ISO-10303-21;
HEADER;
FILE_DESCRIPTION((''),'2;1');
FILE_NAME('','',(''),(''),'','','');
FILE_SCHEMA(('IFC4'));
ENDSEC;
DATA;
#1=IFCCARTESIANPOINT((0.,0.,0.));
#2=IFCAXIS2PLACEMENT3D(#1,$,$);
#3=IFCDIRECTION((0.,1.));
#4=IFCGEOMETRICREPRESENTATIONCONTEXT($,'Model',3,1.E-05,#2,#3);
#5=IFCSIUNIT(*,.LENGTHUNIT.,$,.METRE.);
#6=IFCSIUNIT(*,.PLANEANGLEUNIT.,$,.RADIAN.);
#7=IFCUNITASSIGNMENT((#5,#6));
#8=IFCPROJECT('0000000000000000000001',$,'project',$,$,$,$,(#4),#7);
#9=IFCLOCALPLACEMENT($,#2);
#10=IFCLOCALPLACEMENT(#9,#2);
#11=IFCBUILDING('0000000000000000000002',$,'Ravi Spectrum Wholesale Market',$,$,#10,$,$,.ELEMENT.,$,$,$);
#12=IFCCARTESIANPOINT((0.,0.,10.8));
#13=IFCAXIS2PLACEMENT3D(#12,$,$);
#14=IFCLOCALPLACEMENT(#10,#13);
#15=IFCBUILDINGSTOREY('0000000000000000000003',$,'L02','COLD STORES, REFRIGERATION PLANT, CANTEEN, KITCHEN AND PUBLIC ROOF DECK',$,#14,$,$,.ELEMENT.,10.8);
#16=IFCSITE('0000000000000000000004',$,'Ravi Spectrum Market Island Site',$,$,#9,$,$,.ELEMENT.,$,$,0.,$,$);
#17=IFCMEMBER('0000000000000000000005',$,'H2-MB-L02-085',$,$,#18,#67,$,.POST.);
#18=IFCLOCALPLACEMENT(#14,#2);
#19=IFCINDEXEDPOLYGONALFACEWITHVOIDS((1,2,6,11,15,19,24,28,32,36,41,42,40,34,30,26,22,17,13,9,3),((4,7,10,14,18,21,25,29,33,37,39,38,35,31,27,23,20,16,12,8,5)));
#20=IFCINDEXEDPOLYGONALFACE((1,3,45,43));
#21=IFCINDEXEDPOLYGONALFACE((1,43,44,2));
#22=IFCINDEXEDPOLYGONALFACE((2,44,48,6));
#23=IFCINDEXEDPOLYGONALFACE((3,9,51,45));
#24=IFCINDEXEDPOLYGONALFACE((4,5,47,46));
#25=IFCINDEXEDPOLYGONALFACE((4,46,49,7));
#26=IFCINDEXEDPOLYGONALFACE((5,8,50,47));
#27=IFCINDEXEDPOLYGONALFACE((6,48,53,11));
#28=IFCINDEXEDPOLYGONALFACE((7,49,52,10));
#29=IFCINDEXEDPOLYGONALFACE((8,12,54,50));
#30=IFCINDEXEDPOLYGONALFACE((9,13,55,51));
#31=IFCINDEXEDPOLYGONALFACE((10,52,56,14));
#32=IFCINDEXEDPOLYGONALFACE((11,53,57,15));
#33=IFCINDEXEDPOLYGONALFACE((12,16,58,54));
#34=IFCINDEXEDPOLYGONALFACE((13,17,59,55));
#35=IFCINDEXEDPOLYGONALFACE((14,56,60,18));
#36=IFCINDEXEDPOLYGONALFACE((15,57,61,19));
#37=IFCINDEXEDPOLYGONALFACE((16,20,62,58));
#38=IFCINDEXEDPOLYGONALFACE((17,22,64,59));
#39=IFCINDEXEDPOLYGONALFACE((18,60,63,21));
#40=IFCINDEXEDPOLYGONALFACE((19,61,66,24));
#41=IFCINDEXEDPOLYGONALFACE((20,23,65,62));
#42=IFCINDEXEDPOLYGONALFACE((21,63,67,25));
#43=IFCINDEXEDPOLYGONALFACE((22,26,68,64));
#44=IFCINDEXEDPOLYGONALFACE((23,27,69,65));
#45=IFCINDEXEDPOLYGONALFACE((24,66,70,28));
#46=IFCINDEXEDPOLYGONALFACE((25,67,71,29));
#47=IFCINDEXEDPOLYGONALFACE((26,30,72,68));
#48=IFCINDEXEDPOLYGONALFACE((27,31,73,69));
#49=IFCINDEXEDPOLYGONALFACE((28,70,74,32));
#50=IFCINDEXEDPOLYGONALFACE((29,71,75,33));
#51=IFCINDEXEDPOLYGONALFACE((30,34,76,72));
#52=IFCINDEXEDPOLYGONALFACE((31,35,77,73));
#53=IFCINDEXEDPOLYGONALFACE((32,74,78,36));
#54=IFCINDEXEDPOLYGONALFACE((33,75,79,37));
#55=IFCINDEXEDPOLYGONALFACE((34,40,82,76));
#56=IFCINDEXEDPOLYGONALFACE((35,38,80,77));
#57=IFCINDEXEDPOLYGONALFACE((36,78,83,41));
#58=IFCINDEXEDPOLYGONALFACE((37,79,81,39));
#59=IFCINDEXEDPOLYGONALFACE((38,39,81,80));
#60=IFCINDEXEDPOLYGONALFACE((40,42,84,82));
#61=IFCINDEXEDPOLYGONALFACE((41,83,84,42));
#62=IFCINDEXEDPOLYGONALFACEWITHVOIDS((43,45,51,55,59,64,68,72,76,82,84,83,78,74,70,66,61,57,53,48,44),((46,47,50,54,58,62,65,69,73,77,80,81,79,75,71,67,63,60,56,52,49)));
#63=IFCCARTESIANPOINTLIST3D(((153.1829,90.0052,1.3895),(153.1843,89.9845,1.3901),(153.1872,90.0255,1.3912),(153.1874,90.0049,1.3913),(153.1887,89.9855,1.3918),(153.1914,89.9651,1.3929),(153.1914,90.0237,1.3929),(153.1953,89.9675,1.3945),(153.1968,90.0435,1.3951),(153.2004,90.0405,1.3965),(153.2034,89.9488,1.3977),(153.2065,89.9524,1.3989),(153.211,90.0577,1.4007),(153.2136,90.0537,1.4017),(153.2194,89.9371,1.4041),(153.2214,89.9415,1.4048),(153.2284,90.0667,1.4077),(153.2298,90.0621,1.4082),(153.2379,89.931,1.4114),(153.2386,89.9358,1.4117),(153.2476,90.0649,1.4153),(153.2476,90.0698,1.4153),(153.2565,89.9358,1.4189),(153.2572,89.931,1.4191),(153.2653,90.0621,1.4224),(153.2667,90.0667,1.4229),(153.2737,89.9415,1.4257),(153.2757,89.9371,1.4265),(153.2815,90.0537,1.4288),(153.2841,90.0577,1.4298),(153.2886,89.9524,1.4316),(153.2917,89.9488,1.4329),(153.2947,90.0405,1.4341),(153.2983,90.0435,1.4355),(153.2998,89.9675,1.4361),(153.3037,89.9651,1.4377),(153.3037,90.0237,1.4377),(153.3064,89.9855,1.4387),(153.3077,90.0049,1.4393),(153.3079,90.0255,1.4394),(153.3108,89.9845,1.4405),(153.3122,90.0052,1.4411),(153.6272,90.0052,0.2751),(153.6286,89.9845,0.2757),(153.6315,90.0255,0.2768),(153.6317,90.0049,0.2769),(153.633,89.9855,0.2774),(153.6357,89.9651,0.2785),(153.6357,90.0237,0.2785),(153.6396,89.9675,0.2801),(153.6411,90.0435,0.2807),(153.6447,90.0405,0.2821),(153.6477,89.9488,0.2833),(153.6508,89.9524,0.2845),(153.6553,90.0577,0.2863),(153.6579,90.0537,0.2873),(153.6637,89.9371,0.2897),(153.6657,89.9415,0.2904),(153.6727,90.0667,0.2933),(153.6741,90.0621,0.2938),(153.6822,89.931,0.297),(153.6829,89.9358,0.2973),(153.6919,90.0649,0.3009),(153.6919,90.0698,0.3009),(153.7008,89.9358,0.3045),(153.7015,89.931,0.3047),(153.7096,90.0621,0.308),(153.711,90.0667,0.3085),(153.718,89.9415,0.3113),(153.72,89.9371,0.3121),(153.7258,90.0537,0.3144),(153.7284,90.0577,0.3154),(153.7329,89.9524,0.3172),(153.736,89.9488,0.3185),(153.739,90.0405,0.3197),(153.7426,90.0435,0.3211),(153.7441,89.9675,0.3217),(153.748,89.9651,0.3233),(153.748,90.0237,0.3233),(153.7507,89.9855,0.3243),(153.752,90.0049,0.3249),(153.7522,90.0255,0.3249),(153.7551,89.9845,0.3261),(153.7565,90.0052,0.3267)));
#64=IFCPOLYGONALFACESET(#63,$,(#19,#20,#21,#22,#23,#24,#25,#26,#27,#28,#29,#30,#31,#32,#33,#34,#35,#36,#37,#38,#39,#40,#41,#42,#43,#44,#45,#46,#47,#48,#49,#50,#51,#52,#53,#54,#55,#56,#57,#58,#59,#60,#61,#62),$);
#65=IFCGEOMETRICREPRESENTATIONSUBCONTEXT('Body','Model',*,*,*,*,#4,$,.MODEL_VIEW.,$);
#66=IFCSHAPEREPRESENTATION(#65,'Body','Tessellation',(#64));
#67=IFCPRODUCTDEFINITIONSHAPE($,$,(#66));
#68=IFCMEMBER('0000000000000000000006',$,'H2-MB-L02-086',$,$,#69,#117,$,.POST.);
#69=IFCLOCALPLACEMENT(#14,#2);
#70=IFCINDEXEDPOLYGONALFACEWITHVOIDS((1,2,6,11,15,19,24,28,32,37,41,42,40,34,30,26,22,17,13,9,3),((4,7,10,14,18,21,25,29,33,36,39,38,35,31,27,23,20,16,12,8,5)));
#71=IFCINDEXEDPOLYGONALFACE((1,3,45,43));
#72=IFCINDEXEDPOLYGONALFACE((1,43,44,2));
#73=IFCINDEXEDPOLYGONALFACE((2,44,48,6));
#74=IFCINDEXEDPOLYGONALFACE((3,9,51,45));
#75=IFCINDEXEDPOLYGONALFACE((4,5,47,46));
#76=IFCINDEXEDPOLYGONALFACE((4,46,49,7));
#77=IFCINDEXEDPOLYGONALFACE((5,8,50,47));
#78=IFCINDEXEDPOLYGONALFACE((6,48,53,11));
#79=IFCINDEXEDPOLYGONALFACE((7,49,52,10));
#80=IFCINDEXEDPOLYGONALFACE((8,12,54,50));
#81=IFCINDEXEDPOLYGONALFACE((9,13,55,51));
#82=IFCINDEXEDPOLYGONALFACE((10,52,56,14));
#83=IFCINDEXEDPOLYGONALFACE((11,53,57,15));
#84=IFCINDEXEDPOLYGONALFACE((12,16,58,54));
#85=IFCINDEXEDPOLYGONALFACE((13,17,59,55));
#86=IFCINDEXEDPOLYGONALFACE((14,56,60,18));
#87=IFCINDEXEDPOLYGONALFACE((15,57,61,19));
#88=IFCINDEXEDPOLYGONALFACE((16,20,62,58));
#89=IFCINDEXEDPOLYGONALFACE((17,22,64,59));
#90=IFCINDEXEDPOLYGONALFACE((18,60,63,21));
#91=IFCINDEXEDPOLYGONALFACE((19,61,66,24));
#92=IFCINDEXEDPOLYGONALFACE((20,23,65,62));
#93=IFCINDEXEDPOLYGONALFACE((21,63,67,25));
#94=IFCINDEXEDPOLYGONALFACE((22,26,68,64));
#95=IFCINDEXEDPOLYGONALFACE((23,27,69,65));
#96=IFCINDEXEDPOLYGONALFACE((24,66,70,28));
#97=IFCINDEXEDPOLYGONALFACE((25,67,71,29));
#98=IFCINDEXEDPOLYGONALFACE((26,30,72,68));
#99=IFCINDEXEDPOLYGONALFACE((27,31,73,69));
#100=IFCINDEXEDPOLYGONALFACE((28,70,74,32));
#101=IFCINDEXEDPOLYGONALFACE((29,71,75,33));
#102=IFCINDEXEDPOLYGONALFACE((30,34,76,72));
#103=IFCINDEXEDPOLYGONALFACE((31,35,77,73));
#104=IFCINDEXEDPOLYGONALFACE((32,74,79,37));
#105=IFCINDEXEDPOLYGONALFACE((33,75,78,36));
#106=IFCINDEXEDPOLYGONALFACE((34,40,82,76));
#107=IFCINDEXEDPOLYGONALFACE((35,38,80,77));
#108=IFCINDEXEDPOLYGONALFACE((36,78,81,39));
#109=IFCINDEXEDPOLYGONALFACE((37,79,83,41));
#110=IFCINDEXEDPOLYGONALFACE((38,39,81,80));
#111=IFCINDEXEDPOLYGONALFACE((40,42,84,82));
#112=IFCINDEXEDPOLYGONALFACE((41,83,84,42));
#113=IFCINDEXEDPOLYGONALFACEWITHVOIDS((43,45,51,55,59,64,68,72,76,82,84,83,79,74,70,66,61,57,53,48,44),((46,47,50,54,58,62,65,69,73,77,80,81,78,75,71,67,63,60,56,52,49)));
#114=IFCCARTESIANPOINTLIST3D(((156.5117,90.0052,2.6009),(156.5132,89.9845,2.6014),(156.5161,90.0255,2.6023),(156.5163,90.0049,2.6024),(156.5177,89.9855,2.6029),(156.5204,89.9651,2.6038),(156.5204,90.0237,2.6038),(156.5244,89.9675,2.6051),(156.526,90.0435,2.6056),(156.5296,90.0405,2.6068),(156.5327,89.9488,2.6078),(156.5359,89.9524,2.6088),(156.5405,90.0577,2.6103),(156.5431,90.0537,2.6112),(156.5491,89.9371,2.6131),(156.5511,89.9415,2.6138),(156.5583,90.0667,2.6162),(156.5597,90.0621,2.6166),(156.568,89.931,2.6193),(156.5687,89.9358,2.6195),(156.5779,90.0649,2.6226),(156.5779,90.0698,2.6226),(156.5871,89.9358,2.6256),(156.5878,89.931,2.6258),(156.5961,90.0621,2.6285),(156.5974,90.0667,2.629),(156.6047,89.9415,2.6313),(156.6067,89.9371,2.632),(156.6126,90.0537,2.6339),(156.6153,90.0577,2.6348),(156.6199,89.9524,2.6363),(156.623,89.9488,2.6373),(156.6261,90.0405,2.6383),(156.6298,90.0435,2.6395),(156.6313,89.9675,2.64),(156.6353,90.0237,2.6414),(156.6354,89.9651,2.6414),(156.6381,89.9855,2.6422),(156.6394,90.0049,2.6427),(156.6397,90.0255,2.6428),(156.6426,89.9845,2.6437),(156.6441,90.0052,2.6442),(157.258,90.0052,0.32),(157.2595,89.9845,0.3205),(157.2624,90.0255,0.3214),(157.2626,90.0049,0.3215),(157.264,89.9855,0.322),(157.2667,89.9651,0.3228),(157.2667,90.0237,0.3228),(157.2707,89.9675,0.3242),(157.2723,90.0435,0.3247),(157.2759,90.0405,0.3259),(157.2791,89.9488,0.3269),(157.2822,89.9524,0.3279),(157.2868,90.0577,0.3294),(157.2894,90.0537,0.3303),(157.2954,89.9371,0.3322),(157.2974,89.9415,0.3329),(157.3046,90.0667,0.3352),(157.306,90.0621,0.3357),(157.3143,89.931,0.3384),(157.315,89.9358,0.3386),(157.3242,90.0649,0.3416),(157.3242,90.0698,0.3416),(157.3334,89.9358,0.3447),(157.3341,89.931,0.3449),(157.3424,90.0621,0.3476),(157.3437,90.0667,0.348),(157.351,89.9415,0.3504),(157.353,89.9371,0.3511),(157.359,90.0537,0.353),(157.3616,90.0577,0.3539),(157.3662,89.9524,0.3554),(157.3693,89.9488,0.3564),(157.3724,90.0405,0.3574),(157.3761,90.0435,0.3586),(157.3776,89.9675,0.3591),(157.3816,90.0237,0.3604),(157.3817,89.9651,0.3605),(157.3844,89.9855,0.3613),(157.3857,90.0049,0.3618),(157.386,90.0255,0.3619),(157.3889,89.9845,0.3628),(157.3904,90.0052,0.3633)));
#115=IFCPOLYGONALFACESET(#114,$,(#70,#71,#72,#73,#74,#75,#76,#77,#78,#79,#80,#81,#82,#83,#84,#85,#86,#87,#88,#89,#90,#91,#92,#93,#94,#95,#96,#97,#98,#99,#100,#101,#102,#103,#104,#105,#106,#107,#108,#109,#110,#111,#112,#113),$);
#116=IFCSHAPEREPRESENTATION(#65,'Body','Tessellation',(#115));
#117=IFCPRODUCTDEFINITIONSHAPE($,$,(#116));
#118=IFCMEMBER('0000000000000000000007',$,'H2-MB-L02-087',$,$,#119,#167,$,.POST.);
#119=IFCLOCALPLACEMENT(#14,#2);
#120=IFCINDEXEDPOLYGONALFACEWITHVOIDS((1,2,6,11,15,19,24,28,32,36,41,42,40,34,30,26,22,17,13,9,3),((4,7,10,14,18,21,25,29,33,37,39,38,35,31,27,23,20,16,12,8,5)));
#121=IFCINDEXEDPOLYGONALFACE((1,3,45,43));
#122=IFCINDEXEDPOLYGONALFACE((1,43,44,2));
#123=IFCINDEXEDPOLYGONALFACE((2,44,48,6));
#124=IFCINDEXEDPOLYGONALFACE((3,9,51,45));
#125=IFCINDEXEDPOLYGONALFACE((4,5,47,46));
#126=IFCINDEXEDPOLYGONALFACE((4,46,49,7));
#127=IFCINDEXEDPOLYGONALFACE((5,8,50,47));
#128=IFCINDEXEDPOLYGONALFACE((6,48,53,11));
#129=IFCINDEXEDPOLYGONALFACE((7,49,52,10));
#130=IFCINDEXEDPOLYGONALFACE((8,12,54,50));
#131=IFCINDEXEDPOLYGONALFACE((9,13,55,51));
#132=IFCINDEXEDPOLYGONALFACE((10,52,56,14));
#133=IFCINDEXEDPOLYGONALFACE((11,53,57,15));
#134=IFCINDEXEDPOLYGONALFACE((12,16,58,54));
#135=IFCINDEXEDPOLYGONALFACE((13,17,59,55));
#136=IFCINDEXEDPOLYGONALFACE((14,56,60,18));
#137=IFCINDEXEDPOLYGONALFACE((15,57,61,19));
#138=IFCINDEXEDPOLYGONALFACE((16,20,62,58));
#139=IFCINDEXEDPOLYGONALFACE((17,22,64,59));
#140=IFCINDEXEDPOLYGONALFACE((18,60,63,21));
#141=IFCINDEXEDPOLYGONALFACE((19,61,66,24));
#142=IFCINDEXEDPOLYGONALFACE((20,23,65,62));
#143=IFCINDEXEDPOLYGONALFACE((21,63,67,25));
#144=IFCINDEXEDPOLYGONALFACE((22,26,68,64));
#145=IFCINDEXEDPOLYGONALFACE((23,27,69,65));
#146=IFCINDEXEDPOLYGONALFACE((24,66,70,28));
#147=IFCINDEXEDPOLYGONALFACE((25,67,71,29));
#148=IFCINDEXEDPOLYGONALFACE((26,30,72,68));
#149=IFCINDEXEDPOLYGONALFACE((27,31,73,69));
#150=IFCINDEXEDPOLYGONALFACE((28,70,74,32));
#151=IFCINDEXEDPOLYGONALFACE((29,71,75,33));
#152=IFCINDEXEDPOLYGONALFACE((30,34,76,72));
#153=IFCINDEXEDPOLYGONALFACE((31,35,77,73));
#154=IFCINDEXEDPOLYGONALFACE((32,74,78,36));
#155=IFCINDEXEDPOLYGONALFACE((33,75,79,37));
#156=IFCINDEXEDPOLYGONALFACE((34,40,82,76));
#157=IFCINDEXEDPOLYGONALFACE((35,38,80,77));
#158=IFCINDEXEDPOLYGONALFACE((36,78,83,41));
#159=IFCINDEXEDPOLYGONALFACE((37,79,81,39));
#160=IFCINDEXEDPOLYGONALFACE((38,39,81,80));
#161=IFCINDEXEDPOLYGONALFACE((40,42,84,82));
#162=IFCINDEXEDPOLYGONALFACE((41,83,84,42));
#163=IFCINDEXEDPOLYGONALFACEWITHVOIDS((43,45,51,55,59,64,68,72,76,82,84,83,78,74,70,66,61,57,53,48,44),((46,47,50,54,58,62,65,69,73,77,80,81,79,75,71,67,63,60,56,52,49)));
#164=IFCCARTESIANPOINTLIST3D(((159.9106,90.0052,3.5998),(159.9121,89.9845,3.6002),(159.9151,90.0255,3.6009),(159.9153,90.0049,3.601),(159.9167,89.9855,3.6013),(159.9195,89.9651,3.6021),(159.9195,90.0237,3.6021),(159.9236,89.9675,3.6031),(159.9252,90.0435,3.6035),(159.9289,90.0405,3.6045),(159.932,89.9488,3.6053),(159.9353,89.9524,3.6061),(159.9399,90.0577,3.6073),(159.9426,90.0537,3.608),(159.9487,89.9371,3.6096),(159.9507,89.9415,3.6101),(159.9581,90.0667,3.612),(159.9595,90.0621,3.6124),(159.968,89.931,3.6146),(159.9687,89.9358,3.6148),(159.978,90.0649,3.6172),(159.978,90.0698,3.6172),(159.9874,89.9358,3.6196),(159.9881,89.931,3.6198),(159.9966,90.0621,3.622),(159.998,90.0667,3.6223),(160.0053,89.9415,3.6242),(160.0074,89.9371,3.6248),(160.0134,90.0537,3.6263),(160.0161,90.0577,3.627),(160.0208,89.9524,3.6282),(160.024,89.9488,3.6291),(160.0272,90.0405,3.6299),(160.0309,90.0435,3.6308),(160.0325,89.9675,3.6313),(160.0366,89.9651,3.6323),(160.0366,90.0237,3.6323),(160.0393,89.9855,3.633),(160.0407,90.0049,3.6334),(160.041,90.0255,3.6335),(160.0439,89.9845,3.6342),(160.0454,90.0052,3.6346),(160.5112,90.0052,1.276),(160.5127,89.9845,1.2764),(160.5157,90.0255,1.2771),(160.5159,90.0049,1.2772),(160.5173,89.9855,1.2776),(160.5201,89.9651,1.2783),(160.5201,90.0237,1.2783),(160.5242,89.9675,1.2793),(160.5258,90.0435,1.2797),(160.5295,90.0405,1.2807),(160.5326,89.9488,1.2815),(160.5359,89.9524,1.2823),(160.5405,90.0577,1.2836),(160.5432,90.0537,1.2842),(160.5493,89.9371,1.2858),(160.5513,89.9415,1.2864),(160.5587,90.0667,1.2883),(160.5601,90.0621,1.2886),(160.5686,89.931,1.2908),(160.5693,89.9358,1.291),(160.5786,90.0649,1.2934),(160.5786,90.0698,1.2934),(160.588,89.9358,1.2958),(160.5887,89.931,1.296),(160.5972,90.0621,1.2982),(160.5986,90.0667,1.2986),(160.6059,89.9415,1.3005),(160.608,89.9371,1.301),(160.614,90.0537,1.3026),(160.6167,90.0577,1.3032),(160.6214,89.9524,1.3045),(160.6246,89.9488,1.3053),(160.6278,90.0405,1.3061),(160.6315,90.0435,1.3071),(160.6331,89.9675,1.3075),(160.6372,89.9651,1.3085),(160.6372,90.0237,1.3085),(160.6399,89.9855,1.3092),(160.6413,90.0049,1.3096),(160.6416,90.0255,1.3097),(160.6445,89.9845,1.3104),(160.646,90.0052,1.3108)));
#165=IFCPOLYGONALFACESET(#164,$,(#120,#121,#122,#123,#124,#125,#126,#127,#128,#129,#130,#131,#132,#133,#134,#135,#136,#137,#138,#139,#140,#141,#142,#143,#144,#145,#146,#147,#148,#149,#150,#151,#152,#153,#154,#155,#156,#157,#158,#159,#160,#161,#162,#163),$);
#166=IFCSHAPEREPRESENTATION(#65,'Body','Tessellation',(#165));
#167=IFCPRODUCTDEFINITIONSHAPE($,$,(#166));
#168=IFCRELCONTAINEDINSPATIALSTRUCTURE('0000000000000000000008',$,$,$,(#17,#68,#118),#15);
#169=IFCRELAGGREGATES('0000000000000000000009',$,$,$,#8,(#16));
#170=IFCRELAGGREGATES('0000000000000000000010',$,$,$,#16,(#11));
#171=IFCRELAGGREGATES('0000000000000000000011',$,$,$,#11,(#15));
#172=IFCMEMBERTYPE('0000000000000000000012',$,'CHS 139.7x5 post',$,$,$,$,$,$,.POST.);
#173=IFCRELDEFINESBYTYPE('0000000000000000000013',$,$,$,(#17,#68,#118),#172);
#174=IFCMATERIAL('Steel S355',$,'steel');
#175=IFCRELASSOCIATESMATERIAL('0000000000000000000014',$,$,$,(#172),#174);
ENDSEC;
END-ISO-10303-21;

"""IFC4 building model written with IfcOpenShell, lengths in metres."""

from ifc_helpers import new_model, si_unit, direction, frame, origin, origin_2d, place, context, subcontext, project, spatial, hollow_circle, extrude, material, material_profile, profile_set, type_object, element, save


model = new_model("IFC4")

# Units and contexts
model_context = context("Model", 3, precision=1e-05, world=origin(), true_north=direction((0.0, 1.0)))
body_context = subcontext(model_context, "Body", "Model", "MODEL_VIEW")
ifc_project = project(units=[si_unit("LENGTHUNIT", "METRE"), si_unit("PLANEANGLEUNIT", "RADIAN")], contexts=[model_context])

# Site, building, storey
site_placement = place(None, origin())
site = spatial("IfcSite", under=ifc_project, at=site_placement, Name="Ravi Spectrum Market Island Site", CompositionType="ELEMENT", RefElevation=0.0)
building_placement = place(site_placement, origin())
building = spatial("IfcBuilding", under=site, at=building_placement, Name="Ravi Spectrum Wholesale Market", CompositionType="ELEMENT")
storey_placement = place(building_placement, frame((0.0, 0.0, 10.8)))
storey = spatial("IfcBuildingStorey", under=building, at=storey_placement, Name="L02", Description="COLD STORES, REFRIGERATION PLANT, CANTEEN, KITCHEN AND PUBLIC ROOF DECK", CompositionType="ELEMENT", Elevation=10.8)

# Members
ifc_material_1 = material(Name="Steel S355", Category="steel")
ifc_material_profile_1 = material_profile(ifc_material_1, hollow_circle(Radius=0.0698, WallThickness=0.0049, at=origin_2d()))
ifc_profile_set_1 = profile_set([ifc_material_profile_1], Name="Steel S355")
member_type_1 = type_object("IfcMemberType", Name="CHS 139.7x5 post", PredefinedType="POST", material=ifc_profile_set_1)
member_1_placement = place(storey_placement, frame((153.2476, 90.0, 1.4153), z_axis=(0.370338, 0.0, -0.928897), x_axis=(0.0, 1.0, 0.0)))
element("IfcMember", 1, at=member_1_placement, inside=storey, type_object=member_type_1, Name="H2-MB-L02-085", PredefinedType="POST", context=body_context, shape_type="SweptSolid", body=[
    extrude(hollow_circle(Radius=0.0698, WallThickness=0.0049, at=origin_2d()), origin(), (0.0, 0.0, 1.0), 1.1997),
])
member_2_placement = place(storey_placement, frame((156.5779, 90.0, 2.6226), z_axis=(0.310974, 0.0, -0.950418), x_axis=(0.0, 1.0, 0.0)))
element("IfcMember", 2, at=member_2_placement, inside=storey, type_object=member_type_1, Name="H2-MB-L02-086", PredefinedType="POST", context=body_context, shape_type="SweptSolid", body=[
    extrude(hollow_circle(Radius=0.0698, WallThickness=0.0049, at=origin_2d()), origin(), (0.0, 0.0, 1.0), 2.3999),
])
member_3_placement = place(storey_placement, frame((159.978, 90.0, 3.6172), z_axis=(0.250235, 0.0, -0.968185), x_axis=(0.0, 1.0, 0.0)))
element("IfcMember", 3, at=member_3_placement, inside=storey, type_object=member_type_1, Name="H2-MB-L02-087", PredefinedType="POST", context=body_context, shape_type="SweptSolid", body=[
    extrude(hollow_circle(Radius=0.0698, WallThickness=0.0049, at=origin_2d()), origin(), (0.0, 0.0, 1.0), 2.4001),
])

save(model, "model.ifc")
